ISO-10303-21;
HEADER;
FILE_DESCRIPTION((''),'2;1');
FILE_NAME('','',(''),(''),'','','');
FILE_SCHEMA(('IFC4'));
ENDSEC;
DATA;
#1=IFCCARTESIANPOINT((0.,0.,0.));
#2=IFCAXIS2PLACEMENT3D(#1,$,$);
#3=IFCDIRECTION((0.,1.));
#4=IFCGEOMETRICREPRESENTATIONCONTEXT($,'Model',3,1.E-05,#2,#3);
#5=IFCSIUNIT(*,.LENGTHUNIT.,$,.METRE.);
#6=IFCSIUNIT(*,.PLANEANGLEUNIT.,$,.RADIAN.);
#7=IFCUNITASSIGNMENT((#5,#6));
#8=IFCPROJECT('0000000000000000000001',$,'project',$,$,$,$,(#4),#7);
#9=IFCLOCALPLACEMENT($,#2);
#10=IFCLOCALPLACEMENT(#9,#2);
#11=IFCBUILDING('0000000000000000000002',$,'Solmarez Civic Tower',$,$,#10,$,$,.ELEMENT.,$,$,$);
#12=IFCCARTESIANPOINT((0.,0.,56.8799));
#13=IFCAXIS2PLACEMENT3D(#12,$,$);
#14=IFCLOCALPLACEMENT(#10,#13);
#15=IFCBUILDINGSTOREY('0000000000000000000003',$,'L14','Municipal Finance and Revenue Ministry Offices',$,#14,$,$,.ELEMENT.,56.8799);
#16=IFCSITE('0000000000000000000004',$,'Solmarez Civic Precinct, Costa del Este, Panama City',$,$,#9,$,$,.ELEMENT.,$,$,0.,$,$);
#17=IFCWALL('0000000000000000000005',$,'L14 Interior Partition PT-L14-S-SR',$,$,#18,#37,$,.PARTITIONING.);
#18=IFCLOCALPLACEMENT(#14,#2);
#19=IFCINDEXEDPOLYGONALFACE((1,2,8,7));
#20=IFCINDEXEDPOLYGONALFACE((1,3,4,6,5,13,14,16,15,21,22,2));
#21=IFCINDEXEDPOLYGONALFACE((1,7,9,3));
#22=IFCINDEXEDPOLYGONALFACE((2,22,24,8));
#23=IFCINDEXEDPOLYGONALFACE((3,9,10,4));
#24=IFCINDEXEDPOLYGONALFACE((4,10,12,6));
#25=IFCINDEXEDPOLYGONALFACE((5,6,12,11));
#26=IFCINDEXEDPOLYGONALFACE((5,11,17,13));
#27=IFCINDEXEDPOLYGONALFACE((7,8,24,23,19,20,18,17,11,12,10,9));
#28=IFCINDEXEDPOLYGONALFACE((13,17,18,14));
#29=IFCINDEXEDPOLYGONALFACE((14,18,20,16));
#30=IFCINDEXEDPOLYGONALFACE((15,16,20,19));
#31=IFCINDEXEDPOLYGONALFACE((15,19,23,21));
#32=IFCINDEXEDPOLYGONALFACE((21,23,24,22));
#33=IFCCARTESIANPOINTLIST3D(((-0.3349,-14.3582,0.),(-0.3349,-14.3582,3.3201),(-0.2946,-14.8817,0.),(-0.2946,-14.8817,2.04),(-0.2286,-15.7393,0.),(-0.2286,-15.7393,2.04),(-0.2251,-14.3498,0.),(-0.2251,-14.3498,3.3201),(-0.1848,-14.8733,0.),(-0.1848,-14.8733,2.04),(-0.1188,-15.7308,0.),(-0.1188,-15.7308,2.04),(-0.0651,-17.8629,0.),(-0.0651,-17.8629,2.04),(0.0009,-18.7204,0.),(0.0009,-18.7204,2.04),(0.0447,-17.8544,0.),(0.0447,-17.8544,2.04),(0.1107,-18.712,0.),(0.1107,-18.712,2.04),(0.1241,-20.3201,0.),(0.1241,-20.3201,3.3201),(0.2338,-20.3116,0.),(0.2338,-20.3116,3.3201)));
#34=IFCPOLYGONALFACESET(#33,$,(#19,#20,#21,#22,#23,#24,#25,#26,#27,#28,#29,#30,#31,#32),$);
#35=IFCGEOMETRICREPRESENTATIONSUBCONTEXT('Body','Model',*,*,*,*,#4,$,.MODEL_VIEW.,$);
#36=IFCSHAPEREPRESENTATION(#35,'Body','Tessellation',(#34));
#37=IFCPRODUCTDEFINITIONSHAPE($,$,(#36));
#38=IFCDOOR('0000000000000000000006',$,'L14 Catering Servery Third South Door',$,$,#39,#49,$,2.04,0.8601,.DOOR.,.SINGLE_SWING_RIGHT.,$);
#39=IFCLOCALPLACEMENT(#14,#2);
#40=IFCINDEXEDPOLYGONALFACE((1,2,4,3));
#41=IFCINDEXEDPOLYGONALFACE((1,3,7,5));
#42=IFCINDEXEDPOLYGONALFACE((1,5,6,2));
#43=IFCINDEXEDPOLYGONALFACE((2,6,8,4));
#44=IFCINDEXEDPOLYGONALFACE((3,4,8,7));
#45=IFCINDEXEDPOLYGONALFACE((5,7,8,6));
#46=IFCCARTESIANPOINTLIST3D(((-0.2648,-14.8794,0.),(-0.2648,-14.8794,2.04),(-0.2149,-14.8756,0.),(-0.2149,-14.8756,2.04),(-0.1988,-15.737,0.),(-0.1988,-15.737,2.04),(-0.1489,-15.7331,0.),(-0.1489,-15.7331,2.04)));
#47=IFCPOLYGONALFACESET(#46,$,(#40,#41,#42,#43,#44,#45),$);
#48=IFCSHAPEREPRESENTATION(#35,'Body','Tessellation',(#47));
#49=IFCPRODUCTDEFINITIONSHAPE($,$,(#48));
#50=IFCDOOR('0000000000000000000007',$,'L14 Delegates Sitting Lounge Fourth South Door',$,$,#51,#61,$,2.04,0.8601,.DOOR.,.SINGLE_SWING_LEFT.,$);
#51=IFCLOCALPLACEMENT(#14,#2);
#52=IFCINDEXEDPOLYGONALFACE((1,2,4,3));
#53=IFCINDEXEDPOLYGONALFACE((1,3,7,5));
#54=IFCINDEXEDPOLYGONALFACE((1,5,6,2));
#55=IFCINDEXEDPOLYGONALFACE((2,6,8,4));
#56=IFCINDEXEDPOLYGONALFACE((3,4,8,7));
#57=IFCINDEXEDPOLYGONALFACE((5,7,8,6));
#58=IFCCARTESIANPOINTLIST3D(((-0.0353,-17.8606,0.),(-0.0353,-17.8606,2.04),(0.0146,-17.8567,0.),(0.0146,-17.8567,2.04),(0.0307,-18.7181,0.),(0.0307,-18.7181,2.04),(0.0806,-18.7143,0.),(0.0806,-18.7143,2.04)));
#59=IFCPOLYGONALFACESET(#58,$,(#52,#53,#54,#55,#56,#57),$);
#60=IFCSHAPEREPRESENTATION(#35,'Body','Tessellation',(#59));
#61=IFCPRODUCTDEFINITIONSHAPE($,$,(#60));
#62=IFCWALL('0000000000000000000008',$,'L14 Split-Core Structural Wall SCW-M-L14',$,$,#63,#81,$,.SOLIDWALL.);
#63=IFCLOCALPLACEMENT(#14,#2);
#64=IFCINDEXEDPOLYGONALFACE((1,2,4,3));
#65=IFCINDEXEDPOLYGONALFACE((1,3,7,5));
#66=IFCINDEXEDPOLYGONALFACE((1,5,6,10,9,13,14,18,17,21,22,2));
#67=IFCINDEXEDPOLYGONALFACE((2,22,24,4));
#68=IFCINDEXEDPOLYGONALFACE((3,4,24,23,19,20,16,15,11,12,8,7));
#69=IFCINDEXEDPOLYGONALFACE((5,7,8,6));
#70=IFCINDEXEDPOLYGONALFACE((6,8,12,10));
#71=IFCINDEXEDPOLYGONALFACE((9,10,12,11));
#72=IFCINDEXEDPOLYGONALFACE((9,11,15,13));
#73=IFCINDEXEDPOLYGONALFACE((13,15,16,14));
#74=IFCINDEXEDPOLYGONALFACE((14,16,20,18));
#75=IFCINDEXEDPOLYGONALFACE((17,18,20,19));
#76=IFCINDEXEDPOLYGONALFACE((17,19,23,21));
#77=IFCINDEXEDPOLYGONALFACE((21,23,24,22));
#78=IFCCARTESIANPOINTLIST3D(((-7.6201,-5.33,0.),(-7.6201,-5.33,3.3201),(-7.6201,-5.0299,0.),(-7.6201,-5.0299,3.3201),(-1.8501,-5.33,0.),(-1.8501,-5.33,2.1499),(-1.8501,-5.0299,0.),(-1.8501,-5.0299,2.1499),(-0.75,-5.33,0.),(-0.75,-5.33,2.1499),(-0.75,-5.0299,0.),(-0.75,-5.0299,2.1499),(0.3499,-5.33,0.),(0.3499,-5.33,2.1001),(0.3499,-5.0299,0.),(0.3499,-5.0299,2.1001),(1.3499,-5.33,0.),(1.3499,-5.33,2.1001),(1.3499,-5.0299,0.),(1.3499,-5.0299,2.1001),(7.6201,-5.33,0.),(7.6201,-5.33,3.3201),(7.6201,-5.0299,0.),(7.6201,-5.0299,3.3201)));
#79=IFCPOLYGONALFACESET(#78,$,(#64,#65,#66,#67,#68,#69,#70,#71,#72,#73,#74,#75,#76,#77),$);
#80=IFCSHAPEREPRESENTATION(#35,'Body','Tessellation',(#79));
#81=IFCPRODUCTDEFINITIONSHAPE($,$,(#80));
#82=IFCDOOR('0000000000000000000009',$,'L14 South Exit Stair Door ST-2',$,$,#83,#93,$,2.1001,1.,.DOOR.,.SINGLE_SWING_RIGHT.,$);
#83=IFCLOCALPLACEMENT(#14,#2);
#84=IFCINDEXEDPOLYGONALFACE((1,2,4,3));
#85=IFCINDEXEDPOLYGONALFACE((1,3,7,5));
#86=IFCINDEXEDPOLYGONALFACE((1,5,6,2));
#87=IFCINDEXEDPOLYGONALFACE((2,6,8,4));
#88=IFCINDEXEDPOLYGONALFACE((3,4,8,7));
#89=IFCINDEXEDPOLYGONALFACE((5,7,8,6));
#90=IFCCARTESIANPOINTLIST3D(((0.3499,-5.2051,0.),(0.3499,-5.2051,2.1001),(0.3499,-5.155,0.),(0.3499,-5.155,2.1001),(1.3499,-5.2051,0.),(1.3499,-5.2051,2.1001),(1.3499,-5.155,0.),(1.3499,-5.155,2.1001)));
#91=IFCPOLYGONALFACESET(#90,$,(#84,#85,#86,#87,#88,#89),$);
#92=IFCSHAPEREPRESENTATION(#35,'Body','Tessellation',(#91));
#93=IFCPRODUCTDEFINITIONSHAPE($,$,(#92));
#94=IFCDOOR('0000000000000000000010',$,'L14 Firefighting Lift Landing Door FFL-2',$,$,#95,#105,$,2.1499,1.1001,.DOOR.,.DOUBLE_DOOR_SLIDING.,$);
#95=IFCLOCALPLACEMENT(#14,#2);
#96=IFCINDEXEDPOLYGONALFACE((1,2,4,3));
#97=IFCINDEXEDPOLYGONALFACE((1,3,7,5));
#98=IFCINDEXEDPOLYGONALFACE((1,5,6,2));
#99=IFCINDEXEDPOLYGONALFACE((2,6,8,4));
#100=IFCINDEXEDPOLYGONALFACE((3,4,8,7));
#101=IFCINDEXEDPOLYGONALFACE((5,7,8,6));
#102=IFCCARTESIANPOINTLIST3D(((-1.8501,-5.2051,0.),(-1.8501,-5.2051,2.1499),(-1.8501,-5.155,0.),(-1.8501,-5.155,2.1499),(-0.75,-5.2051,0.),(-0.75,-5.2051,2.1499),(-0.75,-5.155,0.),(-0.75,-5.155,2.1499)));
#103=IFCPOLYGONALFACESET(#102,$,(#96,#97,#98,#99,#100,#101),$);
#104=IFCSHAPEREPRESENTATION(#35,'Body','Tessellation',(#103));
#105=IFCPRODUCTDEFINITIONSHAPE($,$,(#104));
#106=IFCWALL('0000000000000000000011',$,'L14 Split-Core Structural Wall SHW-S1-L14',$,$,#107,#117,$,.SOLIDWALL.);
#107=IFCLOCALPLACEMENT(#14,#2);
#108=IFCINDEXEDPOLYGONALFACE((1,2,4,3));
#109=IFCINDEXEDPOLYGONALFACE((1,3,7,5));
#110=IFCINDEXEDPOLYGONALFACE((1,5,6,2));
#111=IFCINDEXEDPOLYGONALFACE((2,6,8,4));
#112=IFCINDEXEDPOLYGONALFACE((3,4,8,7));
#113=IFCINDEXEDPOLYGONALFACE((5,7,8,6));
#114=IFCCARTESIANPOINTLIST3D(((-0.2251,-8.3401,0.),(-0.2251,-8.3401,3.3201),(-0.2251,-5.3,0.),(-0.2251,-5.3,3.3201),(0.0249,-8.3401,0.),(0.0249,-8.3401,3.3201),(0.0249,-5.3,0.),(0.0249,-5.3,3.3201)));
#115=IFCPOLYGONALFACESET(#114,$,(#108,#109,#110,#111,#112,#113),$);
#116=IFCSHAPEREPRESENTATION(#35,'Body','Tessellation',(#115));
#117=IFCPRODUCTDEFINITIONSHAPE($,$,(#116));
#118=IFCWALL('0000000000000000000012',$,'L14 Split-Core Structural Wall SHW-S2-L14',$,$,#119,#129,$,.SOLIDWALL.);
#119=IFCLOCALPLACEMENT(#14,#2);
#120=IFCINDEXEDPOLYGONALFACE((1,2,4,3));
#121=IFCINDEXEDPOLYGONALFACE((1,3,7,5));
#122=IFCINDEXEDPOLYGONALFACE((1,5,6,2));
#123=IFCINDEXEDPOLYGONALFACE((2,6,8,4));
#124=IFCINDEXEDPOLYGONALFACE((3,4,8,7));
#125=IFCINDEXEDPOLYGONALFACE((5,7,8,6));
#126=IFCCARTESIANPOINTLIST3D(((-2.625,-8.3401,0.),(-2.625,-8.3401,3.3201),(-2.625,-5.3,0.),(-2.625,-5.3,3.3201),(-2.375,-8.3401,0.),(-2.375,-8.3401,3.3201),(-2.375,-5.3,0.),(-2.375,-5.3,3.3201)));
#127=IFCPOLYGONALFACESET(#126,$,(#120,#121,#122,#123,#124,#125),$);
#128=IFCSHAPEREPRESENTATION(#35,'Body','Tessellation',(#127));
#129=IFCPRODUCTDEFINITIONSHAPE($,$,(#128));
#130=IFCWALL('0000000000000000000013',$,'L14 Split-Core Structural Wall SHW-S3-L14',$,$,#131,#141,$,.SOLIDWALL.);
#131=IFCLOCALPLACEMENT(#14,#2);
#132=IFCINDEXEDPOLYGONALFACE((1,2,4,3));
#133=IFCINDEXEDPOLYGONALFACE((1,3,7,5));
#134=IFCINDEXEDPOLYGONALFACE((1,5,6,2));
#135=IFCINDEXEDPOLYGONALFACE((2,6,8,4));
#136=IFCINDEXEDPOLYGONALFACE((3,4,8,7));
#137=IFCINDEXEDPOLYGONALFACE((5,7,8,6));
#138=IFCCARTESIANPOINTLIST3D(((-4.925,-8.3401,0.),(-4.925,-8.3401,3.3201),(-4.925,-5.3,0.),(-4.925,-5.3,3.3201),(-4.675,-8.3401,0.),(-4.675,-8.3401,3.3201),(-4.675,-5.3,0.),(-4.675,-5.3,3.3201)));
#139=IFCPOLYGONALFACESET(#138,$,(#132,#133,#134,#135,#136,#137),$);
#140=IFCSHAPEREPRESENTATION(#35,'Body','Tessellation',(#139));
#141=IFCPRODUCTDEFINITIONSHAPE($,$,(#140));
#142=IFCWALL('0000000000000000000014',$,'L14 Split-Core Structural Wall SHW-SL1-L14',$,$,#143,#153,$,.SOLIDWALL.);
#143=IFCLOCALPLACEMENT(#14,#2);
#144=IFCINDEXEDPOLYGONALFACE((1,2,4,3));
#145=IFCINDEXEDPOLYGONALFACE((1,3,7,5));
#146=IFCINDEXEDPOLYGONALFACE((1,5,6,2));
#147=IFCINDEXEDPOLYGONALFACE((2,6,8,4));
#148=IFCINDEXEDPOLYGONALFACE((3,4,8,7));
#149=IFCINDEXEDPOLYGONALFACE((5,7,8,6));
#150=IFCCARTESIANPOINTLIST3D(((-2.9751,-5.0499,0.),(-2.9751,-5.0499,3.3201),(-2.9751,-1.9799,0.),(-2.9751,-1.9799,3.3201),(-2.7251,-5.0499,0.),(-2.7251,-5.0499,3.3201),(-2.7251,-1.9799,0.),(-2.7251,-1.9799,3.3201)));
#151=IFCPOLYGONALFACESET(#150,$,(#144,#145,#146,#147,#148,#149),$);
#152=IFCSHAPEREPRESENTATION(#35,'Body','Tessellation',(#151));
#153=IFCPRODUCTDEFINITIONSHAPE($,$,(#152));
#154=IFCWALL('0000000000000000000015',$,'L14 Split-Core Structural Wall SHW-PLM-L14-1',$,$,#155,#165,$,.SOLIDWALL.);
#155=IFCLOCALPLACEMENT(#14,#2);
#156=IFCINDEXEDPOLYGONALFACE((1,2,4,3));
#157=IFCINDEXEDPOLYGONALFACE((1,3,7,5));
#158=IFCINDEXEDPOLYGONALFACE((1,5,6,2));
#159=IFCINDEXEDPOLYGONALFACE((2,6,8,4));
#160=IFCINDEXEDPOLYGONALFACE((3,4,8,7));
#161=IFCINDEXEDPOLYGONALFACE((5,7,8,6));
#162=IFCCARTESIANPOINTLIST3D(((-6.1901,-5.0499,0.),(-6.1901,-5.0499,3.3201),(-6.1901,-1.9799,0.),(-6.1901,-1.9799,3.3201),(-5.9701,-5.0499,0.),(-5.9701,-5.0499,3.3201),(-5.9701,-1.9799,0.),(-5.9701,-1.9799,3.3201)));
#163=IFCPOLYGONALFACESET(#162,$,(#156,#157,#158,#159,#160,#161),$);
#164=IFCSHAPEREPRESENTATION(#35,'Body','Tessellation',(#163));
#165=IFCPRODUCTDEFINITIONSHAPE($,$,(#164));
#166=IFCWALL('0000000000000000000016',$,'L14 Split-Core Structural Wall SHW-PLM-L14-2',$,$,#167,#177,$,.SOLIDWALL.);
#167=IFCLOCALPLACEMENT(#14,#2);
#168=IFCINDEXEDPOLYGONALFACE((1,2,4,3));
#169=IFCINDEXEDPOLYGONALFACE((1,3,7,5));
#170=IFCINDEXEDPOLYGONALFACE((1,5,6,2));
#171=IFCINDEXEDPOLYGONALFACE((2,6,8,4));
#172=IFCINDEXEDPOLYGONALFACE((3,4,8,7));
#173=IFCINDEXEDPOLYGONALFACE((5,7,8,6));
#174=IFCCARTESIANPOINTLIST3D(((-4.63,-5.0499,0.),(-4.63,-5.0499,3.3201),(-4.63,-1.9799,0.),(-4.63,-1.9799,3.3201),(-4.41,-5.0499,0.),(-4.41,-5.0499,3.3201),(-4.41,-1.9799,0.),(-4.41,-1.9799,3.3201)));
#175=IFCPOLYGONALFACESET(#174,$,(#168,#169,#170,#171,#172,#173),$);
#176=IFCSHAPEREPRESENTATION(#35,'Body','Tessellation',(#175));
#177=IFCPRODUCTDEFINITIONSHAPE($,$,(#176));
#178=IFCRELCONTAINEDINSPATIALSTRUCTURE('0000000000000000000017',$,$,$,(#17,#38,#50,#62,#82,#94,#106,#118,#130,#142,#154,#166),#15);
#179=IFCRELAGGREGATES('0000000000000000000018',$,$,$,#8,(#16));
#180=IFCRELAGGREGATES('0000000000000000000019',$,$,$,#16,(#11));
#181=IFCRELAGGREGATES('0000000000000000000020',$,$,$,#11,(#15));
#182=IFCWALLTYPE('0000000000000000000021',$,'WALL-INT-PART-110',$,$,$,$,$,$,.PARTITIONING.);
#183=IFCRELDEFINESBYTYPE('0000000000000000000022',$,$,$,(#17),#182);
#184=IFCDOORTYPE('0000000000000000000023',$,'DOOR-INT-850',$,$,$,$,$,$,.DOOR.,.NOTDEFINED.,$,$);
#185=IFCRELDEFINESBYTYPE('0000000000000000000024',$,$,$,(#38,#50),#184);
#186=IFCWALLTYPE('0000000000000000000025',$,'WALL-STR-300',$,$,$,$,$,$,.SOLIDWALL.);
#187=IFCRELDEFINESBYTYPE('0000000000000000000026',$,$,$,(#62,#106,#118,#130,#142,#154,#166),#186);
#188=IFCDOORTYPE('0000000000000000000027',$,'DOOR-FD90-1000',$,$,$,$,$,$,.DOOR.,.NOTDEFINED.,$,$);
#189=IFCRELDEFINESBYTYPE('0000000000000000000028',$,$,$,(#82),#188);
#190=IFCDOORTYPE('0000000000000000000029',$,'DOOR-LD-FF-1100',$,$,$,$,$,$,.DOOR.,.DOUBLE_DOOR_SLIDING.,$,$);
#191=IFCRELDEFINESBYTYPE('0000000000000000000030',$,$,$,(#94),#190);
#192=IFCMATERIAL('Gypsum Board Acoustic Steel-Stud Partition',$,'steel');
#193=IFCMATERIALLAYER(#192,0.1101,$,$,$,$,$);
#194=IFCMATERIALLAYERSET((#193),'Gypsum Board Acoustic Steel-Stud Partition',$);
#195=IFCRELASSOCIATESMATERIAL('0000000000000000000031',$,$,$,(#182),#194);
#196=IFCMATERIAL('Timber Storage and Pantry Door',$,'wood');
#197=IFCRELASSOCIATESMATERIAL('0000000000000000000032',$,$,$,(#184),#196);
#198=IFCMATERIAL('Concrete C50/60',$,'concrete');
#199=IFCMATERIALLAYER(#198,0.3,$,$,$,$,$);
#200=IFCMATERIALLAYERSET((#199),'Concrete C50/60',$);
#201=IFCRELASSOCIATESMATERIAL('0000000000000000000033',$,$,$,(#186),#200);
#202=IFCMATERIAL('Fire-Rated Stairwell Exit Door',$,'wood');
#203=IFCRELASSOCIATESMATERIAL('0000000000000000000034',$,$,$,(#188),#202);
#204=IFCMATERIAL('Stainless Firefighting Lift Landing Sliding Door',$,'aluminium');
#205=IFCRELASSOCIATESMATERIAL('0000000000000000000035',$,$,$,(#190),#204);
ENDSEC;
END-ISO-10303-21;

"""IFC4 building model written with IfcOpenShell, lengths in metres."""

from ifc_helpers import new_model, si_unit, direction, frame, frame_2d, origin, place, context, subcontext, project, spatial, rectangle, extrude, material, layer, layer_set, type_object, element, fill, save


model = new_model("IFC4")

# Units and contexts
model_context = context("Model", 3, precision=1e-05, world=origin(), true_north=direction((0.0, 1.0)))
body_context = subcontext(model_context, "Body", "Model", "MODEL_VIEW")
ifc_project = project(units=[si_unit("LENGTHUNIT", "METRE"), si_unit("PLANEANGLEUNIT", "RADIAN")], contexts=[model_context])

# Site, building, storey
site_placement = place(None, origin())
site = spatial("IfcSite", under=ifc_project, at=site_placement, Name="Solmarez Civic Precinct, Costa del Este, Panama City", CompositionType="ELEMENT", RefElevation=0.0)
building_placement = place(site_placement, origin())
building = spatial("IfcBuilding", under=site, at=building_placement, Name="Solmarez Civic Tower", CompositionType="ELEMENT")
storey_placement = place(building_placement, frame((0.0, 0.0, 56.8799)))
storey = spatial("IfcBuildingStorey", under=building, at=storey_placement, Name="L14", Description="Municipal Finance and Revenue Ministry Offices", CompositionType="ELEMENT", Elevation=56.8799)

# Shared definitions
ifc_material_1 = material(Name="Gypsum Board Acoustic Steel-Stud Partition", Category="steel")

# Walls, openings, doors
ifc_layer_1 = layer(ifc_material_1, 0.1101)
ifc_layer_set_1 = layer_set([ifc_layer_1], Name="Gypsum Board Acoustic Steel-Stud Partition")
wall_type_1 = type_object("IfcWallType", Name="WALL-INT-PART-110", PredefinedType="PARTITIONING", material=ifc_layer_set_1)
wall_1_placement = place(storey_placement, frame((-0.28, -14.354, 0.0), z_axis=(0.0, 0.0, 1.0), x_axis=(0.076759, -0.99705, 0.0)))
wall_1 = element("IfcWall", 1, at=wall_1_placement, inside=storey, type_object=wall_type_1, Name="L14 Interior Partition PT-L14-S-SR", PredefinedType="PARTITIONING", context=body_context, shape_type="SweptSolid", body=[
    extrude(rectangle(XDim=5.9795, YDim=0.1101, at=frame_2d((2.9897, 0.0))), origin(), (0.0, 0.0, 1.0), 3.3201),
])
opening_1_placement = place(wall_1_placement, frame((0.5249, 0.0, 0.0)))
opening_1 = element("IfcOpeningElement", 2, at=opening_1_placement, cuts=wall_1, PredefinedType="OPENING", context=body_context, shape_type="SweptSolid", body=[
    extrude(rectangle(XDim=0.8601, YDim=2.04, at=frame_2d((0.4302, 1.02))), frame((0.0, 0.0649, 0.0), z_axis=(0.0, -1.0, 0.0), x_axis=(1.0, 0.0, 0.0)), (0.0, 0.0, 1.0), 0.1301),
])
opening_2_placement = place(wall_1_placement, frame((3.5149, 0.0, 0.0)))
opening_2 = element("IfcOpeningElement", 3, at=opening_2_placement, cuts=wall_1, PredefinedType="OPENING", context=body_context, shape_type="SweptSolid", body=[
    extrude(rectangle(XDim=0.8601, YDim=2.04, at=frame_2d((0.4302, 1.02))), frame((0.0, 0.0649, 0.0), z_axis=(0.0, -1.0, 0.0), x_axis=(1.0, 0.0, 0.0)), (0.0, 0.0, 1.0), 0.1301),
])
ifc_material_2 = material(Name="Timber Storage and Pantry Door", Category="wood")
door_type_1 = type_object("IfcDoorType", Name="DOOR-INT-850", OperationType="NOTDEFINED", PredefinedType="DOOR", material=ifc_material_2)
door_1_placement = place(opening_1_placement, origin())
door_1 = element("IfcDoor", 4, at=door_1_placement, inside=storey, type_object=door_type_1, Name="L14 Catering Servery Third South Door", OperationType="SINGLE_SWING_RIGHT", OverallHeight=2.04, OverallWidth=0.8601, PredefinedType="DOOR", context=body_context, shape_type="SweptSolid", body=[
    extrude(rectangle(XDim=0.8601, YDim=2.04, at=frame_2d((0.4302, 1.02))), frame((0.0, 0.0249, 0.0), z_axis=(0.0, -1.0, 0.0), x_axis=(1.0, 0.0, 0.0)), (0.0, 0.0, 1.0), 0.05),
])
fill(opening_1, door_1)
door_2_placement = place(opening_2_placement, origin())
door_2 = element("IfcDoor", 5, at=door_2_placement, inside=storey, type_object=door_type_1, Name="L14 Delegates Sitting Lounge Fourth South Door", OperationType="SINGLE_SWING_LEFT", OverallHeight=2.04, OverallWidth=0.8601, PredefinedType="DOOR", context=body_context, shape_type="SweptSolid", body=[
    extrude(rectangle(XDim=0.8601, YDim=2.04, at=frame_2d((0.4302, 1.02))), frame((0.0, 0.0249, 0.0), z_axis=(0.0, -1.0, 0.0), x_axis=(1.0, 0.0, 0.0)), (0.0, 0.0, 1.0), 0.05),
])
fill(opening_2, door_2)
ifc_material_3 = material(Name="Concrete C50/60", Category="concrete")
ifc_layer_2 = layer(ifc_material_3, 0.3)
ifc_layer_set_2 = layer_set([ifc_layer_2], Name="Concrete C50/60")
wall_type_2 = type_object("IfcWallType", Name="WALL-STR-300", PredefinedType="SOLIDWALL", material=ifc_layer_set_2)
wall_2_placement = place(storey_placement, frame((-7.6201, -5.1799, 0.0), z_axis=(0.0, 0.0, 1.0), x_axis=(1.0, 0.0, 0.0)))
wall_2 = element("IfcWall", 6, at=wall_2_placement, inside=storey, type_object=wall_type_2, Name="L14 Split-Core Structural Wall SCW-M-L14", PredefinedType="SOLIDWALL", context=body_context, shape_type="SweptSolid", body=[
    extrude(rectangle(XDim=15.2402, YDim=0.3, at=frame_2d((7.6201, 0.0))), origin(), (0.0, 0.0, 1.0), 3.3201),
])
opening_3_placement = place(wall_2_placement, frame((5.77, 0.0, 0.0)))
opening_3 = element("IfcOpeningElement", 7, at=opening_3_placement, cuts=wall_2, PredefinedType="OPENING", context=body_context, shape_type="SweptSolid", body=[
    extrude(rectangle(XDim=1.1001, YDim=2.1499, at=frame_2d((0.55, 1.075))), frame((0.0, 0.1599, 0.0), z_axis=(0.0, -1.0, 0.0), x_axis=(1.0, 0.0, 0.0)), (0.0, 0.0, 1.0), 0.3201),
])
opening_4_placement = place(wall_2_placement, frame((7.97, 0.0, 0.0)))
opening_4 = element("IfcOpeningElement", 8, at=opening_4_placement, cuts=wall_2, PredefinedType="OPENING", context=body_context, shape_type="SweptSolid", body=[
    extrude(rectangle(XDim=1.0, YDim=2.1001, at=frame_2d((0.5, 1.05))), frame((0.0, 0.1599, 0.0), z_axis=(0.0, -1.0, 0.0), x_axis=(1.0, 0.0, 0.0)), (0.0, 0.0, 1.0), 0.3201),
])
ifc_material_4 = material(Name="Fire-Rated Stairwell Exit Door", Category="wood")
door_type_2 = type_object("IfcDoorType", Name="DOOR-FD90-1000", OperationType="NOTDEFINED", PredefinedType="DOOR", material=ifc_material_4)
door_3_placement = place(opening_4_placement, origin())
door_3 = element("IfcDoor", 9, at=door_3_placement, inside=storey, type_object=door_type_2, Name="L14 South Exit Stair Door ST-2", OperationType="SINGLE_SWING_RIGHT", OverallHeight=2.1001, OverallWidth=1.0, PredefinedType="DOOR", context=body_context, shape_type="SweptSolid", body=[
    extrude(rectangle(XDim=1.0, YDim=2.1001, at=frame_2d((0.5, 1.05))), frame((0.0, 0.0249, 0.0), z_axis=(0.0, -1.0, 0.0), x_axis=(1.0, 0.0, 0.0)), (0.0, 0.0, 1.0), 0.05),
])
fill(opening_4, door_3)
ifc_material_5 = material(Name="Stainless Firefighting Lift Landing Sliding Door", Category="aluminium")
door_type_3 = type_object("IfcDoorType", Name="DOOR-LD-FF-1100", OperationType="DOUBLE_DOOR_SLIDING", PredefinedType="DOOR", material=ifc_material_5)
door_4_placement = place(opening_3_placement, origin())
door_4 = element("IfcDoor", 10, at=door_4_placement, inside=storey, type_object=door_type_3, Name="L14 Firefighting Lift Landing Door FFL-2", OperationType="DOUBLE_DOOR_SLIDING", OverallHeight=2.1499, OverallWidth=1.1001, PredefinedType="DOOR", context=body_context, shape_type="SweptSolid", body=[
    extrude(rectangle(XDim=1.1001, YDim=2.1499, at=frame_2d((0.55, 1.075))), frame((0.0, 0.0249, 0.0), z_axis=(0.0, -1.0, 0.0), x_axis=(1.0, 0.0, 0.0)), (0.0, 0.0, 1.0), 0.05),
])
fill(opening_3, door_4)

# Walls
for number, where, z_axis, x_axis, name in (
    (11, (-0.1001, -8.3401, 0.0), (0.0, 0.0, 1.0), (0.0, 1.0, 0.0), "L14 Split-Core Structural Wall SHW-S1-L14"),
    (12, (-2.5, -8.3401, 0.0), (0.0, 0.0, 1.0), (0.0, 1.0, 0.0), "L14 Split-Core Structural Wall SHW-S2-L14"),
    (13, (-4.8, -8.3401, 0.0), (0.0, 0.0, 1.0), (0.0, 1.0, 0.0), "L14 Split-Core Structural Wall SHW-S3-L14"),
):
    element("IfcWall", number, at=place(storey_placement, frame(where, z_axis=z_axis, x_axis=x_axis)), inside=storey, type_object=wall_type_2, Name=name, PredefinedType="SOLIDWALL", context=body_context, shape_type="SweptSolid", body=[
        extrude(rectangle(XDim=3.04, YDim=0.25, at=frame_2d((1.52, 0.0))), origin(), (0.0, 0.0, 1.0), 3.3201),
    ])
wall_3_placement = place(storey_placement, frame((-2.8501, -5.05, 0.0), z_axis=(0.0, 0.0, 1.0), x_axis=(0.0, 1.0, 0.0)))
element("IfcWall", 14, at=wall_3_placement, inside=storey, type_object=wall_type_2, Name="L14 Split-Core Structural Wall SHW-SL1-L14", PredefinedType="SOLIDWALL", context=body_context, shape_type="SweptSolid", body=[
    extrude(rectangle(XDim=3.0701, YDim=0.25, at=frame_2d((1.5352, 0.0))), origin(), (0.0, 0.0, 1.0), 3.3201),
])
for number, where, z_axis, x_axis, name in (
    (15, (-6.0801, -5.05, 0.0), (0.0, 0.0, 1.0), (0.0, 1.0, 0.0), "L14 Split-Core Structural Wall SHW-PLM-L14-1"),
    (16, (-4.52, -5.05, 0.0), (0.0, 0.0, 1.0), (0.0, 1.0, 0.0), "L14 Split-Core Structural Wall SHW-PLM-L14-2"),
):
    element("IfcWall", number, at=place(storey_placement, frame(where, z_axis=z_axis, x_axis=x_axis)), inside=storey, type_object=wall_type_2, Name=name, PredefinedType="SOLIDWALL", context=body_context, shape_type="SweptSolid", body=[
        extrude(rectangle(XDim=3.0701, YDim=0.22, at=frame_2d((1.5352, 0.0))), origin(), (0.0, 0.0, 1.0), 3.3201),
    ])

save(model, "model.ifc")
